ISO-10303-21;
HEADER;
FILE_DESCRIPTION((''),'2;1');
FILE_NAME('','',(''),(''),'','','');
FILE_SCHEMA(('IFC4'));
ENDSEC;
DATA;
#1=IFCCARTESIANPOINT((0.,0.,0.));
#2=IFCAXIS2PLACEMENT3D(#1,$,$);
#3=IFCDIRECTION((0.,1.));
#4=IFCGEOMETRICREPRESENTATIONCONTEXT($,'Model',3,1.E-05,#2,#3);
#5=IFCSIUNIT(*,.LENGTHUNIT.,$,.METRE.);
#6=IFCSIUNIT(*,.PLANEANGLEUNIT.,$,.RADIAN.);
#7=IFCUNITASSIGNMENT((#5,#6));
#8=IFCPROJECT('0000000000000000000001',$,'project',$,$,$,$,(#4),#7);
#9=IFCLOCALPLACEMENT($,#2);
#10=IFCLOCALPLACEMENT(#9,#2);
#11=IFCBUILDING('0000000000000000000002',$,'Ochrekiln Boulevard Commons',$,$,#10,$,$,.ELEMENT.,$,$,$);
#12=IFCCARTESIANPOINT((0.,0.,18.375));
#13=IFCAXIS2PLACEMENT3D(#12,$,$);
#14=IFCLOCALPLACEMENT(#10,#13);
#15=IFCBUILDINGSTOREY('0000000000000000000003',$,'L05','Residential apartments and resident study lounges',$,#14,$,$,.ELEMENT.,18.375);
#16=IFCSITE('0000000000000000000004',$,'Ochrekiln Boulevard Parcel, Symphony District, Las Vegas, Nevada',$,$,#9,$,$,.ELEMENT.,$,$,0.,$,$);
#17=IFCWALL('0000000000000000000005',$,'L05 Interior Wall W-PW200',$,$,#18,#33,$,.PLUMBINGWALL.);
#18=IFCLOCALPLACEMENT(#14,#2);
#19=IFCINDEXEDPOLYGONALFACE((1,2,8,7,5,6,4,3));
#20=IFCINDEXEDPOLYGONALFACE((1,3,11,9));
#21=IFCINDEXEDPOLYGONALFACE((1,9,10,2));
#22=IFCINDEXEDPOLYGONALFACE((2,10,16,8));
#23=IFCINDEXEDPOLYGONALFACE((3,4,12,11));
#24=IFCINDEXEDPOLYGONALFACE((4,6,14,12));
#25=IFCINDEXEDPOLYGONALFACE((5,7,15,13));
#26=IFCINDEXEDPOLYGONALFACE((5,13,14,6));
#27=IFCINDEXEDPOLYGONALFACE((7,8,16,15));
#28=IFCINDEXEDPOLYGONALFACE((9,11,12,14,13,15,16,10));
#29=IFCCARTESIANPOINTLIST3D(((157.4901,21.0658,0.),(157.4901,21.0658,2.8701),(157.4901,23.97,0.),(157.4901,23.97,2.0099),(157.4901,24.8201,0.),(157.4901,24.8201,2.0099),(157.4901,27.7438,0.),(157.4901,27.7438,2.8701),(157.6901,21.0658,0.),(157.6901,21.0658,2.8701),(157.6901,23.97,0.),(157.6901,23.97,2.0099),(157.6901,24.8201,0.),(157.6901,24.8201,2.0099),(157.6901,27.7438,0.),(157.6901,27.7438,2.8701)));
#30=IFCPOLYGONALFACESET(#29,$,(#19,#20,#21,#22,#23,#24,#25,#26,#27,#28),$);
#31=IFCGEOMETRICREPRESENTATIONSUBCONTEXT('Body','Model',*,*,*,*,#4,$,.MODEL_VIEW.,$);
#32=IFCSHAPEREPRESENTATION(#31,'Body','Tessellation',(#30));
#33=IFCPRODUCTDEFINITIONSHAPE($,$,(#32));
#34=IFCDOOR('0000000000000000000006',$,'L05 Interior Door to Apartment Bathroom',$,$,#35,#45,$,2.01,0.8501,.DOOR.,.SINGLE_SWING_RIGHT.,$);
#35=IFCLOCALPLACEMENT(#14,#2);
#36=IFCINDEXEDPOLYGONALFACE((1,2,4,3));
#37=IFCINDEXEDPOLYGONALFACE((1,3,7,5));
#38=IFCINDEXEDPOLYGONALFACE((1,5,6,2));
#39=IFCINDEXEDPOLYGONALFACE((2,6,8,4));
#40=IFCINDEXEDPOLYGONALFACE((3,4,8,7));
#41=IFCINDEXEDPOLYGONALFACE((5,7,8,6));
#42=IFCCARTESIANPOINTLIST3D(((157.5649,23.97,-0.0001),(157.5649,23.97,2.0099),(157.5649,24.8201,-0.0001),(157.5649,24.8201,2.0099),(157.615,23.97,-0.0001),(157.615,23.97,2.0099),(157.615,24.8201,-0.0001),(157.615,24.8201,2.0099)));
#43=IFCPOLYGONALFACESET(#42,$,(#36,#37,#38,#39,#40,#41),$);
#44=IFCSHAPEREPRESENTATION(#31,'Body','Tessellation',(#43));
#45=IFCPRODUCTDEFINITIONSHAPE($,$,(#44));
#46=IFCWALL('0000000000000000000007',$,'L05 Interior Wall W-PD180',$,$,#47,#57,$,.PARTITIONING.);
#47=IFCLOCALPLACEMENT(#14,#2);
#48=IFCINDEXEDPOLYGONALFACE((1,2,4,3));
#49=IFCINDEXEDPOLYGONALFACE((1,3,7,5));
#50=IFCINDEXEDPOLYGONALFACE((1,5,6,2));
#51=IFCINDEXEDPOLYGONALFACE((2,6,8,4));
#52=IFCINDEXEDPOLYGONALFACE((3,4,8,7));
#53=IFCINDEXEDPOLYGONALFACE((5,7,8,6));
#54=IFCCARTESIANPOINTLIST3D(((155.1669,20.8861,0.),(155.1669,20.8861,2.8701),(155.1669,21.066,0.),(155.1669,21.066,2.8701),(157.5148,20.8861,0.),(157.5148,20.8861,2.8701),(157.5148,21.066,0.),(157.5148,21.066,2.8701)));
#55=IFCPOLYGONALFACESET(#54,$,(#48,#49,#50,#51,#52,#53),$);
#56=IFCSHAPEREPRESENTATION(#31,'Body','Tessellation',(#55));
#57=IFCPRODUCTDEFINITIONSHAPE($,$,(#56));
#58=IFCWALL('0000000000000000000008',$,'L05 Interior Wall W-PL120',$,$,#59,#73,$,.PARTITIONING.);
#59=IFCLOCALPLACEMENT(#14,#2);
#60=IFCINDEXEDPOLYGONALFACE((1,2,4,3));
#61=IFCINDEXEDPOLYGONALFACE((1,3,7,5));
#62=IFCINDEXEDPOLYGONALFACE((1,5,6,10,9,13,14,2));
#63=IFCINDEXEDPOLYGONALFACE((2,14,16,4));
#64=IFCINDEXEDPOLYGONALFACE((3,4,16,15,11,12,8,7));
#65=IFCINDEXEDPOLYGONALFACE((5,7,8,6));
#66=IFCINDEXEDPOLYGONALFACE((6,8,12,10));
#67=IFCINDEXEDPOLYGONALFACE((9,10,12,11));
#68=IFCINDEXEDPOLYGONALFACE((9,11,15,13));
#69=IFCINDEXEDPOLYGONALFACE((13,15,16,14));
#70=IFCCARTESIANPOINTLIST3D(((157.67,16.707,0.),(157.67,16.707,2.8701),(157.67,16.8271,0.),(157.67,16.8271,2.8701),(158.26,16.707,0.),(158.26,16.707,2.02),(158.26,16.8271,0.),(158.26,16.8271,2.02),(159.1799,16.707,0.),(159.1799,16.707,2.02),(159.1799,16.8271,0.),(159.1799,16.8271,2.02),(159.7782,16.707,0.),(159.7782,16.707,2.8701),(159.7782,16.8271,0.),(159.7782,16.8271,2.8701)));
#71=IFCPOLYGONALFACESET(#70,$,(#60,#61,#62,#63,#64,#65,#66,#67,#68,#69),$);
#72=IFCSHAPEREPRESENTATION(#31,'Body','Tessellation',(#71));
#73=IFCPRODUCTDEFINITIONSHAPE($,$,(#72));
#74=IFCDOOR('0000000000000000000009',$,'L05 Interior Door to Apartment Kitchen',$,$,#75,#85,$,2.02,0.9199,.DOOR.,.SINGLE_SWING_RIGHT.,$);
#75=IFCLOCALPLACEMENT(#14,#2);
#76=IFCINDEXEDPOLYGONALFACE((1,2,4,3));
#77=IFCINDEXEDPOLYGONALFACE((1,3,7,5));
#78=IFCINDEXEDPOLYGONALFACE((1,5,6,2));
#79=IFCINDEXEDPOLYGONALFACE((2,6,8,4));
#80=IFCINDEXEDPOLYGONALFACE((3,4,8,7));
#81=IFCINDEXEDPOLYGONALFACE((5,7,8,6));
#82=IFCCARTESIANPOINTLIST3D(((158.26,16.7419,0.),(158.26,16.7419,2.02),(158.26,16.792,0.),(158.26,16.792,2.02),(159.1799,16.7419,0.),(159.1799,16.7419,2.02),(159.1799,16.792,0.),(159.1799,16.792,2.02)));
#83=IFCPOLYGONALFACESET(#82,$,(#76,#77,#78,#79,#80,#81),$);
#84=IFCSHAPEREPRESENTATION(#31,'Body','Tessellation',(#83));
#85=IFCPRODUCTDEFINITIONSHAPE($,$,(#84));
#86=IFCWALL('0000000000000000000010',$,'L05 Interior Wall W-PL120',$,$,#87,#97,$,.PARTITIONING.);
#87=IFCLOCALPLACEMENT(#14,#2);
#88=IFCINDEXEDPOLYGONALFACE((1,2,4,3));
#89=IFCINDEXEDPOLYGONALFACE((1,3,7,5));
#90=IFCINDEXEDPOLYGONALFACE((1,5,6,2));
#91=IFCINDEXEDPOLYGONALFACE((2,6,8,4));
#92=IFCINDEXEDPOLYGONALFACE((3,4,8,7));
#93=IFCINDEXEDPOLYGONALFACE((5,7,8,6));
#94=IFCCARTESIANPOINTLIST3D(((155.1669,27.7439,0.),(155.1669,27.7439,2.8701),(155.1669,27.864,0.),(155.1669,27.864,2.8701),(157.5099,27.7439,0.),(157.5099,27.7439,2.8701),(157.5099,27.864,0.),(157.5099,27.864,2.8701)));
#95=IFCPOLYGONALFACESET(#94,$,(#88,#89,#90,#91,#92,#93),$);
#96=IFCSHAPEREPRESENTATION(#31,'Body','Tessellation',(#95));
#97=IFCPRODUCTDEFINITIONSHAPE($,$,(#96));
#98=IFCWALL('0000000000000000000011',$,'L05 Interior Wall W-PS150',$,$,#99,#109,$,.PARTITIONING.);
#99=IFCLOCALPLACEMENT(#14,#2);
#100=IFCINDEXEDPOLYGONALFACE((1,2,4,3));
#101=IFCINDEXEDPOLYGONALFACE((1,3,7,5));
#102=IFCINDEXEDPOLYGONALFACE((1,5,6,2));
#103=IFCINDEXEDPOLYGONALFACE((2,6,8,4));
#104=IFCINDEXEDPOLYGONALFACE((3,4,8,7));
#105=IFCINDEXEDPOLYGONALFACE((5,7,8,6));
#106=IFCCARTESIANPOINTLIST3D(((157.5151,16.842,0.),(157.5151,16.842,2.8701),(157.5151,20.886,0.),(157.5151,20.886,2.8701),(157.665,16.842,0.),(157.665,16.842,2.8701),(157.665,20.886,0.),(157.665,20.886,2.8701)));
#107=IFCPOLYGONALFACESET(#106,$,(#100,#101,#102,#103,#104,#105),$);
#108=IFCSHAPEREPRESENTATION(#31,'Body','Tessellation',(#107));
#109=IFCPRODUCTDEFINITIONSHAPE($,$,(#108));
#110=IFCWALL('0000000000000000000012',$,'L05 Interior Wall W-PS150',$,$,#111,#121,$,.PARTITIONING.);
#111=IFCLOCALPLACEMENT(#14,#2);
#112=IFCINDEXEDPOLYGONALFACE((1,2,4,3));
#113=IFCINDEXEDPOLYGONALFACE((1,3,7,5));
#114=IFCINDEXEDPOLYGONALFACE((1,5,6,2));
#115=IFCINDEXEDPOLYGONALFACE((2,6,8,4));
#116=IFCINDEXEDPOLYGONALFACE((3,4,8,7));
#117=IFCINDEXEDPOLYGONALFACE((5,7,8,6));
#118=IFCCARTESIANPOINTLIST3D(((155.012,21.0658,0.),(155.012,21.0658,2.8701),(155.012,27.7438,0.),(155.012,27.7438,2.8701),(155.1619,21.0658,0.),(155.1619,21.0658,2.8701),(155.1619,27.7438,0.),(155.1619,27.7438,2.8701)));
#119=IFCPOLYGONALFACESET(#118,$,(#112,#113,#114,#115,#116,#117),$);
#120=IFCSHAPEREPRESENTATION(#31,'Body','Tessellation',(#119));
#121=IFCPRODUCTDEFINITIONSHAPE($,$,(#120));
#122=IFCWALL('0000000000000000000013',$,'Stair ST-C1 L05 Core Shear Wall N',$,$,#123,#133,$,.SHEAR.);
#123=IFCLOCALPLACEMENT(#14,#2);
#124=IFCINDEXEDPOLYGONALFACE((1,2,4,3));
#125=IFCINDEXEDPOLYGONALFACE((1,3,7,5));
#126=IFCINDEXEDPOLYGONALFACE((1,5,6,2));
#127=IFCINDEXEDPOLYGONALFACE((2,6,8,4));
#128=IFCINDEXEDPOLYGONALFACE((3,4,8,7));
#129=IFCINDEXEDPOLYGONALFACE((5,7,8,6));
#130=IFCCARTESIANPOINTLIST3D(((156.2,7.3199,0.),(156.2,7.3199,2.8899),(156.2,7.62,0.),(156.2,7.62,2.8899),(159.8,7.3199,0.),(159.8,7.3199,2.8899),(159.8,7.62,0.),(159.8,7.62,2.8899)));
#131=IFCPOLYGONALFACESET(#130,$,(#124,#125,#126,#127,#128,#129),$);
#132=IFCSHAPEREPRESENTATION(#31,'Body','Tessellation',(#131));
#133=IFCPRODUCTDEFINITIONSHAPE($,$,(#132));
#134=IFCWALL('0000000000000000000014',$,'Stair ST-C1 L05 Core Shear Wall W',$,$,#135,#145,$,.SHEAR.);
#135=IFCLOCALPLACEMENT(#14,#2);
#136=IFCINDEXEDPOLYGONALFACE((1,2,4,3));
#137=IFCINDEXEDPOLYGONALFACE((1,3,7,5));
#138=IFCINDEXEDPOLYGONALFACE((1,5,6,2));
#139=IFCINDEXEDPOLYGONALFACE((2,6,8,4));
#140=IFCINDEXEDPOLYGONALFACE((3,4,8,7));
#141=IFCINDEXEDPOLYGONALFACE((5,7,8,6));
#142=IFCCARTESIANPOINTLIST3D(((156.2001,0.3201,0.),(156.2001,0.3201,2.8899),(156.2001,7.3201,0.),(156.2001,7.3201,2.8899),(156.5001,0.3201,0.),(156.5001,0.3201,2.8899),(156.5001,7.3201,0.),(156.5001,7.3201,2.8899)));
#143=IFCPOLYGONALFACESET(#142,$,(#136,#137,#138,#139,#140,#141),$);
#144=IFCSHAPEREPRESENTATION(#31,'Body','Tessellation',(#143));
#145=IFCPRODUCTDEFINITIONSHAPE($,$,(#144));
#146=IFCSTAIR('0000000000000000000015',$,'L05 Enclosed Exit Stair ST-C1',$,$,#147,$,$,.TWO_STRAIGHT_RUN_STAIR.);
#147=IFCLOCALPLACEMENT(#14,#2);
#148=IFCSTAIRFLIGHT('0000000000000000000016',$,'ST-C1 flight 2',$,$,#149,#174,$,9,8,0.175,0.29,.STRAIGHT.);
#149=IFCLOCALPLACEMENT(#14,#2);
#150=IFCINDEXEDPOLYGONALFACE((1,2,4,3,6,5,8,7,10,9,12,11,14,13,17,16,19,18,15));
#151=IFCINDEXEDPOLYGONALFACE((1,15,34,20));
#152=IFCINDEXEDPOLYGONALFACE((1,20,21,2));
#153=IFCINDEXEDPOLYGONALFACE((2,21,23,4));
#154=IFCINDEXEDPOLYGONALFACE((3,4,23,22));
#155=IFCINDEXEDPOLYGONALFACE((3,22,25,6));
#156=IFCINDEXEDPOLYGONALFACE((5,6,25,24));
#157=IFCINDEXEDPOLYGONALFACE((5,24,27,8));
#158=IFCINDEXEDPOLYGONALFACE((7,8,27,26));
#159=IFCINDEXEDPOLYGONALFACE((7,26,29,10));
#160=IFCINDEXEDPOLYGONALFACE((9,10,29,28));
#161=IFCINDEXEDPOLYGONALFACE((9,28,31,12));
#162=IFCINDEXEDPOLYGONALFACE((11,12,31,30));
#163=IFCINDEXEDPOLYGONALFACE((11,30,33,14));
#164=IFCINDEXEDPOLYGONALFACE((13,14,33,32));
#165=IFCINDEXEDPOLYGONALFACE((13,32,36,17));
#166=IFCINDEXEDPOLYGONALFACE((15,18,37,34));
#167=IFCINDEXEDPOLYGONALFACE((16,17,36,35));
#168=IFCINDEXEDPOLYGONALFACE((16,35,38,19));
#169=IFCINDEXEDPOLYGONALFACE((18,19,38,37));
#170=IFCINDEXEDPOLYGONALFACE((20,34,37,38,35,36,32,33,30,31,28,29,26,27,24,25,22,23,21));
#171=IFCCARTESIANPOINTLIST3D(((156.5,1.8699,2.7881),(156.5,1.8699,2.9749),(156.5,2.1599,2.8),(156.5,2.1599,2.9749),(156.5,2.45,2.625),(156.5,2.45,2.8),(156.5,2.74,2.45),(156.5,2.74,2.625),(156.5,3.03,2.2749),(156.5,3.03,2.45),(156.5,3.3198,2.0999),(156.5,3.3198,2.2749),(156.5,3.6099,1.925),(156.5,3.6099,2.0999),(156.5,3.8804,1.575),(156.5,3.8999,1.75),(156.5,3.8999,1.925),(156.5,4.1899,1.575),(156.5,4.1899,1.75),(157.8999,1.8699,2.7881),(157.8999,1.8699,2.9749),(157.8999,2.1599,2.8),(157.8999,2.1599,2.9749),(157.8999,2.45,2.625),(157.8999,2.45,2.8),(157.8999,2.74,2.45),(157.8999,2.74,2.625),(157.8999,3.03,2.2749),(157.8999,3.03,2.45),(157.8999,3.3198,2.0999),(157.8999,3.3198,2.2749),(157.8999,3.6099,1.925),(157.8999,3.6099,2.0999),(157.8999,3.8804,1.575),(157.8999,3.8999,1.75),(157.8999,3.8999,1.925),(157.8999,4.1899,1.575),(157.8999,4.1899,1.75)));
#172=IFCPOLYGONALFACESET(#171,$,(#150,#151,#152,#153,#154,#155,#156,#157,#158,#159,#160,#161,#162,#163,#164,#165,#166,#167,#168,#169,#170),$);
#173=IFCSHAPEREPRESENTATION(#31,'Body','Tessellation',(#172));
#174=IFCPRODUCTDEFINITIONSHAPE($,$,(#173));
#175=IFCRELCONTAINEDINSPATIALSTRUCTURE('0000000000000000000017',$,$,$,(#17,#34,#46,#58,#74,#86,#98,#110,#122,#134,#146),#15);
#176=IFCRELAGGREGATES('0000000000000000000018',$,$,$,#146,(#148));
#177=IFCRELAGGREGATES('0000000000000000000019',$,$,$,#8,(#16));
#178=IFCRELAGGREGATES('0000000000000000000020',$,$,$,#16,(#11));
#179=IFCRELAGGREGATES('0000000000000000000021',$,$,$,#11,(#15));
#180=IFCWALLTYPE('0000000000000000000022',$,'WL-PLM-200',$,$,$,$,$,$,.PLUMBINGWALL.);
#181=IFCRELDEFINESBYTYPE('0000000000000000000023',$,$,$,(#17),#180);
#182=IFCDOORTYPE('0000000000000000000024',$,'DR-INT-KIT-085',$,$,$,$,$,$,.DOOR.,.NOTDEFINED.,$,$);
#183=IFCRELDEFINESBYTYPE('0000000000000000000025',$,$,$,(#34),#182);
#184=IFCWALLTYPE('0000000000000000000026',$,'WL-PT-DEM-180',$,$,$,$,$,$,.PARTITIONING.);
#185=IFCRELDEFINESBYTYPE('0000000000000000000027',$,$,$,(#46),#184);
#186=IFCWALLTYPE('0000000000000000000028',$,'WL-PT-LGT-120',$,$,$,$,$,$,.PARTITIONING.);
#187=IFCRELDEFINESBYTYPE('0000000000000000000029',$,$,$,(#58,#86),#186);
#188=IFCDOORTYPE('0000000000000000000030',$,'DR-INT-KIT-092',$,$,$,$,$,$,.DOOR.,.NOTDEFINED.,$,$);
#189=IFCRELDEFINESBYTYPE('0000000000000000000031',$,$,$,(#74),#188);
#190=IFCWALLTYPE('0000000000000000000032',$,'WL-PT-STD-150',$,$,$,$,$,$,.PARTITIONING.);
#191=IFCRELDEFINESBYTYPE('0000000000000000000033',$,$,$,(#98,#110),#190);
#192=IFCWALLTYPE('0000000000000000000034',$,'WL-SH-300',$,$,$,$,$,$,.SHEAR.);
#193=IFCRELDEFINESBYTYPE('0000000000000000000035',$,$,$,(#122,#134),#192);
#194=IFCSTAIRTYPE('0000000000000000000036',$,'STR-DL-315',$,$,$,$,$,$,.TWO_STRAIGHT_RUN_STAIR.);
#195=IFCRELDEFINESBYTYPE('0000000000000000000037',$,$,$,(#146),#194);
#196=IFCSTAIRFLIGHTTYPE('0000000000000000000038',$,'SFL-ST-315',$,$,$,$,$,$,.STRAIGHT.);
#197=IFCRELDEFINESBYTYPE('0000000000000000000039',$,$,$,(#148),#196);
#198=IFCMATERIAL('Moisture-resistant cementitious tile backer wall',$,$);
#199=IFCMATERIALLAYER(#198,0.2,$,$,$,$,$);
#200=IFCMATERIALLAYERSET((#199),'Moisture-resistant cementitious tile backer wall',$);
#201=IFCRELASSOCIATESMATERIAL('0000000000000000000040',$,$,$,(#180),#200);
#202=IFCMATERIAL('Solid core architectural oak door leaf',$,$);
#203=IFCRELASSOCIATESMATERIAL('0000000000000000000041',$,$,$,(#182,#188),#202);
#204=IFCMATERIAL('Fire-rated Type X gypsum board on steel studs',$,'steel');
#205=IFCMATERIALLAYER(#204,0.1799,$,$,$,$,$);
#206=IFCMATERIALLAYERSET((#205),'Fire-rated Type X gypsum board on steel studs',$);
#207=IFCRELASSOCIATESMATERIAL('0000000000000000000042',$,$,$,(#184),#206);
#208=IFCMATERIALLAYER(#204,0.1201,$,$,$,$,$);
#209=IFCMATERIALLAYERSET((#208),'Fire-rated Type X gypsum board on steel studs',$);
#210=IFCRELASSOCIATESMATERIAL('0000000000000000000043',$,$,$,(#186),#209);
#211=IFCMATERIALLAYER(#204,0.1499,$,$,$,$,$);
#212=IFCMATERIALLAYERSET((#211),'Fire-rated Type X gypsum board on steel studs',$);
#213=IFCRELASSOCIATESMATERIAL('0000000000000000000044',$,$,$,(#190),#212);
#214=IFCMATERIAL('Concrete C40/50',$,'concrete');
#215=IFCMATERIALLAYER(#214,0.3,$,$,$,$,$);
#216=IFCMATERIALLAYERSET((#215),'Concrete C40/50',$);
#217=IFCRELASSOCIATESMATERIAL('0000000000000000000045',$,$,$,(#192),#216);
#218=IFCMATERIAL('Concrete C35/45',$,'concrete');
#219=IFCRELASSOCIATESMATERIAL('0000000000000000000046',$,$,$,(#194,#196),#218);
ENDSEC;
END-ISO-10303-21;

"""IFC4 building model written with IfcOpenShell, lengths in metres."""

from ifc_helpers import new_model, si_unit, direction, frame, frame_2d, origin, place, context, subcontext, project, spatial, polyline, rectangle, outline, extrude, material, layer, layer_set, type_object, element, fill, aggregate, save


model = new_model("IFC4")

# Units and contexts
model_context = context("Model", 3, precision=1e-05, world=origin(), true_north=direction((0.0, 1.0)))
body_context = subcontext(model_context, "Body", "Model", "MODEL_VIEW")
ifc_project = project(units=[si_unit("LENGTHUNIT", "METRE"), si_unit("PLANEANGLEUNIT", "RADIAN")], contexts=[model_context])

# Site, building, storey
site_placement = place(None, origin())
site = spatial("IfcSite", under=ifc_project, at=site_placement, Name="Ochrekiln Boulevard Parcel, Symphony District, Las Vegas, Nevada", CompositionType="ELEMENT", RefElevation=0.0)
building_placement = place(site_placement, origin())
building = spatial("IfcBuilding", under=site, at=building_placement, Name="Ochrekiln Boulevard Commons", CompositionType="ELEMENT")
storey_placement = place(building_placement, frame((0.0, 0.0, 18.375)))
storey = spatial("IfcBuildingStorey", under=building, at=storey_placement, Name="L05", Description="Residential apartments and resident study lounges", CompositionType="ELEMENT", Elevation=18.375)

# Shared definitions
ifc_material_1 = material(Name="Concrete C40/50", Category="concrete")

# Shared definitions
ifc_material_2 = material(Name="Moisture-resistant cementitious tile backer wall")
ifc_layer_1 = layer(ifc_material_2, 0.2)
ifc_layer_set_1 = layer_set([ifc_layer_1], Name="Moisture-resistant cementitious tile backer wall")
wall_type_1 = type_object("IfcWallType", Name="WL-PLM-200", PredefinedType="PLUMBINGWALL", material=ifc_layer_set_1)
ifc_material_3 = material(Name="Solid core architectural oak door leaf")

# Wall, opening, door
wall_1_placement = place(storey_placement, frame((157.5901, 21.0659, 0.0), z_axis=(0.0, 0.0, 1.0), x_axis=(0.0, 1.0, 0.0)))
wall_1 = element("IfcWall", 1, at=wall_1_placement, inside=storey, type_object=wall_type_1, Name="L05 Interior Wall W-PW200", PredefinedType="PLUMBINGWALL", context=body_context, shape_type="SweptSolid", body=[
    extrude(rectangle(XDim=6.678, YDim=0.2, at=frame_2d((3.3389, 0.0))), origin(), (0.0, 0.0, 1.0), 2.8701),
])
opening_1_placement = place(wall_1_placement, frame((2.9041, 0.0, 0.0)))
opening_1 = element("IfcOpeningElement", 2, at=opening_1_placement, cuts=wall_1, PredefinedType="OPENING", context=body_context, shape_type="SweptSolid", body=[
    extrude(rectangle(XDim=0.8501, YDim=2.01, at=frame_2d((0.425, 1.0049))), frame((0.0, 0.1099, 0.0), z_axis=(0.0, -1.0, 0.0), x_axis=(1.0, 0.0, 0.0)), (0.0, 0.0, 1.0), 0.22),
])
door_type_1 = type_object("IfcDoorType", Name="DR-INT-KIT-085", OperationType="NOTDEFINED", PredefinedType="DOOR", material=ifc_material_3)
door_1_placement = place(opening_1_placement, frame((0.8501, 0.0, 0.0), z_axis=(0.0, 0.0, 1.0), x_axis=(-1.0, 0.0, 0.0)))
door_1 = element("IfcDoor", 3, at=door_1_placement, inside=storey, type_object=door_type_1, Name="L05 Interior Door to Apartment Bathroom", OperationType="SINGLE_SWING_RIGHT", OverallHeight=2.01, OverallWidth=0.8501, PredefinedType="DOOR", context=body_context, shape_type="SweptSolid", body=[
    extrude(rectangle(XDim=0.8501, YDim=2.01, at=frame_2d((0.425, 1.0049))), frame((0.0, 0.0249, 0.0), z_axis=(0.0, -1.0, 0.0), x_axis=(1.0, 0.0, 0.0)), (0.0, 0.0, 1.0), 0.05),
])
fill(opening_1, door_1)

# Wall
ifc_material_4 = material(Name="Fire-rated Type X gypsum board on steel studs", Category="steel")
ifc_layer_2 = layer(ifc_material_4, 0.1799)
ifc_layer_set_2 = layer_set([ifc_layer_2], Name="Fire-rated Type X gypsum board on steel studs")
wall_type_2 = type_object("IfcWallType", Name="WL-PT-DEM-180", PredefinedType="PARTITIONING", material=ifc_layer_set_2)
wall_2_placement = place(storey_placement, frame((155.167, 20.9761, 0.0), z_axis=(0.0, 0.0, 1.0), x_axis=(1.0, 0.0, 0.0)))
element("IfcWall", 4, at=wall_2_placement, inside=storey, type_object=wall_type_2, Name="L05 Interior Wall W-PD180", PredefinedType="PARTITIONING", context=body_context, shape_type="SweptSolid", body=[
    extrude(rectangle(XDim=2.3479, YDim=0.1799, at=frame_2d((1.1738, 0.0))), origin(), (0.0, 0.0, 1.0), 2.8701),
])

# Wall, opening, door
ifc_layer_3 = layer(ifc_material_4, 0.1201)
ifc_layer_set_3 = layer_set([ifc_layer_3], Name="Fire-rated Type X gypsum board on steel studs")
wall_type_3 = type_object("IfcWallType", Name="WL-PT-LGT-120", PredefinedType="PARTITIONING", material=ifc_layer_set_3)
wall_3_placement = place(storey_placement, frame((157.6699, 16.7671, 0.0), z_axis=(0.0, 0.0, 1.0), x_axis=(1.0, 0.0, 0.0)))
wall_3 = element("IfcWall", 5, at=wall_3_placement, inside=storey, type_object=wall_type_3, Name="L05 Interior Wall W-PL120", PredefinedType="PARTITIONING", context=body_context, shape_type="SweptSolid", body=[
    extrude(rectangle(XDim=2.1082, YDim=0.1201, at=frame_2d((1.0542, 0.0))), origin(), (0.0, 0.0, 1.0), 2.8701),
])
opening_2_placement = place(wall_3_placement, frame((0.5901, 0.0, 0.0)))
opening_2 = element("IfcOpeningElement", 6, at=opening_2_placement, cuts=wall_3, PredefinedType="OPENING", context=body_context, shape_type="SweptSolid", body=[
    extrude(rectangle(XDim=0.9199, YDim=2.02, at=frame_2d((0.46, 1.01))), frame((0.0, 0.0701, 0.0), z_axis=(0.0, -1.0, 0.0), x_axis=(1.0, 0.0, 0.0)), (0.0, 0.0, 1.0), 0.1401),
])
door_type_2 = type_object("IfcDoorType", Name="DR-INT-KIT-092", OperationType="NOTDEFINED", PredefinedType="DOOR", material=ifc_material_3)
door_2_placement = place(opening_2_placement, origin())
door_2 = element("IfcDoor", 7, at=door_2_placement, inside=storey, type_object=door_type_2, Name="L05 Interior Door to Apartment Kitchen", OperationType="SINGLE_SWING_RIGHT", OverallHeight=2.02, OverallWidth=0.9199, PredefinedType="DOOR", context=body_context, shape_type="SweptSolid", body=[
    extrude(rectangle(XDim=0.9199, YDim=2.02, at=frame_2d((0.46, 1.01))), frame((0.0, 0.0249, 0.0), z_axis=(0.0, -1.0, 0.0), x_axis=(1.0, 0.0, 0.0)), (0.0, 0.0, 1.0), 0.05),
])
fill(opening_2, door_2)

# Walls
wall_4_placement = place(storey_placement, frame((155.167, 27.804, 0.0), z_axis=(0.0, 0.0, 1.0), x_axis=(1.0, 0.0, 0.0)))
element("IfcWall", 8, at=wall_4_placement, inside=storey, type_object=wall_type_3, Name="L05 Interior Wall W-PL120", PredefinedType="PARTITIONING", context=body_context, shape_type="SweptSolid", body=[
    extrude(rectangle(XDim=2.343, YDim=0.1201, at=frame_2d((1.1714, 0.0))), origin(), (0.0, 0.0, 1.0), 2.8701),
])
ifc_layer_4 = layer(ifc_material_4, 0.1499)
ifc_layer_set_4 = layer_set([ifc_layer_4], Name="Fire-rated Type X gypsum board on steel studs")
wall_type_4 = type_object("IfcWallType", Name="WL-PT-STD-150", PredefinedType="PARTITIONING", material=ifc_layer_set_4)
wall_5_placement = place(storey_placement, frame((157.5901, 16.842, 0.0), z_axis=(0.0, 0.0, 1.0), x_axis=(0.0, 1.0, 0.0)))
element("IfcWall", 9, at=wall_5_placement, inside=storey, type_object=wall_type_4, Name="L05 Interior Wall W-PS150", PredefinedType="PARTITIONING", context=body_context, shape_type="SweptSolid", body=[
    extrude(rectangle(XDim=4.0439, YDim=0.1499, at=frame_2d((2.022, 0.0))), origin(), (0.0, 0.0, 1.0), 2.8701),
])
wall_6_placement = place(storey_placement, frame((155.0869, 21.0659, 0.0), z_axis=(0.0, 0.0, 1.0), x_axis=(0.0, 1.0, 0.0)))
element("IfcWall", 10, at=wall_6_placement, inside=storey, type_object=wall_type_4, Name="L05 Interior Wall W-PS150", PredefinedType="PARTITIONING", context=body_context, shape_type="SweptSolid", body=[
    extrude(rectangle(XDim=6.678, YDim=0.1499, at=frame_2d((3.3389, 0.0))), origin(), (0.0, 0.0, 1.0), 2.8701),
])
ifc_layer_5 = layer(ifc_material_1, 0.3)
ifc_layer_set_5 = layer_set([ifc_layer_5], Name="Concrete C40/50")
wall_type_5 = type_object("IfcWallType", Name="WL-SH-300", PredefinedType="SHEAR", material=ifc_layer_set_5)
wall_7_placement = place(storey_placement, frame((156.2, 7.47, 0.0), z_axis=(0.0, 0.0, 1.0), x_axis=(1.0, 0.0, 0.0)))
element("IfcWall", 11, at=wall_7_placement, inside=storey, type_object=wall_type_5, Name="Stair ST-C1 L05 Core Shear Wall N", PredefinedType="SHEAR", context=body_context, shape_type="SweptSolid", body=[
    extrude(rectangle(XDim=3.6001, YDim=0.3, at=frame_2d((1.8, 0.0))), origin(), (0.0, 0.0, 1.0), 2.8899),
])
wall_8_placement = place(storey_placement, frame((156.3501, 0.3201, 0.0), z_axis=(0.0, 0.0, 1.0), x_axis=(0.0, 1.0, 0.0)))
element("IfcWall", 12, at=wall_8_placement, inside=storey, type_object=wall_type_5, Name="Stair ST-C1 L05 Core Shear Wall W", PredefinedType="SHEAR", context=body_context, shape_type="SweptSolid", body=[
    extrude(rectangle(XDim=7.0, YDim=0.3, at=frame_2d((3.5, 0.0))), origin(), (0.0, 0.0, 1.0), 2.8899),
])

# Stair, stair flight
ifc_material_5 = material(Name="Concrete C35/45", Category="concrete")
stair_type = type_object("IfcStairType", Name="STR-DL-315", PredefinedType="TWO_STRAIGHT_RUN_STAIR", material=ifc_material_5)
stair_placement = place(storey_placement, origin())
stair = element("IfcStair", 13, at=stair_placement, inside=storey, type_object=stair_type, Name="L05 Enclosed Exit Stair ST-C1", PredefinedType="TWO_STRAIGHT_RUN_STAIR")
stair_flight_type = type_object("IfcStairFlightType", Name="SFL-ST-315", PredefinedType="STRAIGHT", material=ifc_material_5)
stair_flight_placement = place(storey_placement, frame((157.2, 4.1899, 1.575), z_axis=(0.0, 0.0, 1.0), x_axis=(0.0, -1.0, 0.0)))
stair_flight = element("IfcStairFlight", 14, at=stair_flight_placement, type_object=stair_flight_type, Name="ST-C1 flight 2", NumberOfRisers=9, NumberOfTreads=8, PredefinedType="STRAIGHT", RiserHeight=0.175, TreadLength=0.29, context=body_context, shape_type="SweptSolid", body=[
    extrude(outline(polyline([(0.0, 0.0), (0.0, 0.175), (0.29, 0.175), (0.29, 0.3501), (0.5801, 0.3501), (0.5801, 0.5249), (0.8701, 0.5249), (0.8701, 0.7), (1.1599, 0.7), (1.1599, 0.875), (1.45, 0.875), (1.45, 1.05), (1.74, 1.05), (1.74, 1.2251), (2.03, 1.2251), (2.03, 1.3999), (2.3201, 1.3999), (2.3201, 1.575), (2.3201, 1.2131), (0.3096, 0.0), (0.0, 0.0)])), frame((0.0, 0.7, 0.0), z_axis=(0.0, -1.0, 0.0), x_axis=(1.0, 0.0, 0.0)), (0.0, 0.0, 1.0), 1.3999),
])
aggregate(stair, [stair_flight])

save(model, "model.ifc")
